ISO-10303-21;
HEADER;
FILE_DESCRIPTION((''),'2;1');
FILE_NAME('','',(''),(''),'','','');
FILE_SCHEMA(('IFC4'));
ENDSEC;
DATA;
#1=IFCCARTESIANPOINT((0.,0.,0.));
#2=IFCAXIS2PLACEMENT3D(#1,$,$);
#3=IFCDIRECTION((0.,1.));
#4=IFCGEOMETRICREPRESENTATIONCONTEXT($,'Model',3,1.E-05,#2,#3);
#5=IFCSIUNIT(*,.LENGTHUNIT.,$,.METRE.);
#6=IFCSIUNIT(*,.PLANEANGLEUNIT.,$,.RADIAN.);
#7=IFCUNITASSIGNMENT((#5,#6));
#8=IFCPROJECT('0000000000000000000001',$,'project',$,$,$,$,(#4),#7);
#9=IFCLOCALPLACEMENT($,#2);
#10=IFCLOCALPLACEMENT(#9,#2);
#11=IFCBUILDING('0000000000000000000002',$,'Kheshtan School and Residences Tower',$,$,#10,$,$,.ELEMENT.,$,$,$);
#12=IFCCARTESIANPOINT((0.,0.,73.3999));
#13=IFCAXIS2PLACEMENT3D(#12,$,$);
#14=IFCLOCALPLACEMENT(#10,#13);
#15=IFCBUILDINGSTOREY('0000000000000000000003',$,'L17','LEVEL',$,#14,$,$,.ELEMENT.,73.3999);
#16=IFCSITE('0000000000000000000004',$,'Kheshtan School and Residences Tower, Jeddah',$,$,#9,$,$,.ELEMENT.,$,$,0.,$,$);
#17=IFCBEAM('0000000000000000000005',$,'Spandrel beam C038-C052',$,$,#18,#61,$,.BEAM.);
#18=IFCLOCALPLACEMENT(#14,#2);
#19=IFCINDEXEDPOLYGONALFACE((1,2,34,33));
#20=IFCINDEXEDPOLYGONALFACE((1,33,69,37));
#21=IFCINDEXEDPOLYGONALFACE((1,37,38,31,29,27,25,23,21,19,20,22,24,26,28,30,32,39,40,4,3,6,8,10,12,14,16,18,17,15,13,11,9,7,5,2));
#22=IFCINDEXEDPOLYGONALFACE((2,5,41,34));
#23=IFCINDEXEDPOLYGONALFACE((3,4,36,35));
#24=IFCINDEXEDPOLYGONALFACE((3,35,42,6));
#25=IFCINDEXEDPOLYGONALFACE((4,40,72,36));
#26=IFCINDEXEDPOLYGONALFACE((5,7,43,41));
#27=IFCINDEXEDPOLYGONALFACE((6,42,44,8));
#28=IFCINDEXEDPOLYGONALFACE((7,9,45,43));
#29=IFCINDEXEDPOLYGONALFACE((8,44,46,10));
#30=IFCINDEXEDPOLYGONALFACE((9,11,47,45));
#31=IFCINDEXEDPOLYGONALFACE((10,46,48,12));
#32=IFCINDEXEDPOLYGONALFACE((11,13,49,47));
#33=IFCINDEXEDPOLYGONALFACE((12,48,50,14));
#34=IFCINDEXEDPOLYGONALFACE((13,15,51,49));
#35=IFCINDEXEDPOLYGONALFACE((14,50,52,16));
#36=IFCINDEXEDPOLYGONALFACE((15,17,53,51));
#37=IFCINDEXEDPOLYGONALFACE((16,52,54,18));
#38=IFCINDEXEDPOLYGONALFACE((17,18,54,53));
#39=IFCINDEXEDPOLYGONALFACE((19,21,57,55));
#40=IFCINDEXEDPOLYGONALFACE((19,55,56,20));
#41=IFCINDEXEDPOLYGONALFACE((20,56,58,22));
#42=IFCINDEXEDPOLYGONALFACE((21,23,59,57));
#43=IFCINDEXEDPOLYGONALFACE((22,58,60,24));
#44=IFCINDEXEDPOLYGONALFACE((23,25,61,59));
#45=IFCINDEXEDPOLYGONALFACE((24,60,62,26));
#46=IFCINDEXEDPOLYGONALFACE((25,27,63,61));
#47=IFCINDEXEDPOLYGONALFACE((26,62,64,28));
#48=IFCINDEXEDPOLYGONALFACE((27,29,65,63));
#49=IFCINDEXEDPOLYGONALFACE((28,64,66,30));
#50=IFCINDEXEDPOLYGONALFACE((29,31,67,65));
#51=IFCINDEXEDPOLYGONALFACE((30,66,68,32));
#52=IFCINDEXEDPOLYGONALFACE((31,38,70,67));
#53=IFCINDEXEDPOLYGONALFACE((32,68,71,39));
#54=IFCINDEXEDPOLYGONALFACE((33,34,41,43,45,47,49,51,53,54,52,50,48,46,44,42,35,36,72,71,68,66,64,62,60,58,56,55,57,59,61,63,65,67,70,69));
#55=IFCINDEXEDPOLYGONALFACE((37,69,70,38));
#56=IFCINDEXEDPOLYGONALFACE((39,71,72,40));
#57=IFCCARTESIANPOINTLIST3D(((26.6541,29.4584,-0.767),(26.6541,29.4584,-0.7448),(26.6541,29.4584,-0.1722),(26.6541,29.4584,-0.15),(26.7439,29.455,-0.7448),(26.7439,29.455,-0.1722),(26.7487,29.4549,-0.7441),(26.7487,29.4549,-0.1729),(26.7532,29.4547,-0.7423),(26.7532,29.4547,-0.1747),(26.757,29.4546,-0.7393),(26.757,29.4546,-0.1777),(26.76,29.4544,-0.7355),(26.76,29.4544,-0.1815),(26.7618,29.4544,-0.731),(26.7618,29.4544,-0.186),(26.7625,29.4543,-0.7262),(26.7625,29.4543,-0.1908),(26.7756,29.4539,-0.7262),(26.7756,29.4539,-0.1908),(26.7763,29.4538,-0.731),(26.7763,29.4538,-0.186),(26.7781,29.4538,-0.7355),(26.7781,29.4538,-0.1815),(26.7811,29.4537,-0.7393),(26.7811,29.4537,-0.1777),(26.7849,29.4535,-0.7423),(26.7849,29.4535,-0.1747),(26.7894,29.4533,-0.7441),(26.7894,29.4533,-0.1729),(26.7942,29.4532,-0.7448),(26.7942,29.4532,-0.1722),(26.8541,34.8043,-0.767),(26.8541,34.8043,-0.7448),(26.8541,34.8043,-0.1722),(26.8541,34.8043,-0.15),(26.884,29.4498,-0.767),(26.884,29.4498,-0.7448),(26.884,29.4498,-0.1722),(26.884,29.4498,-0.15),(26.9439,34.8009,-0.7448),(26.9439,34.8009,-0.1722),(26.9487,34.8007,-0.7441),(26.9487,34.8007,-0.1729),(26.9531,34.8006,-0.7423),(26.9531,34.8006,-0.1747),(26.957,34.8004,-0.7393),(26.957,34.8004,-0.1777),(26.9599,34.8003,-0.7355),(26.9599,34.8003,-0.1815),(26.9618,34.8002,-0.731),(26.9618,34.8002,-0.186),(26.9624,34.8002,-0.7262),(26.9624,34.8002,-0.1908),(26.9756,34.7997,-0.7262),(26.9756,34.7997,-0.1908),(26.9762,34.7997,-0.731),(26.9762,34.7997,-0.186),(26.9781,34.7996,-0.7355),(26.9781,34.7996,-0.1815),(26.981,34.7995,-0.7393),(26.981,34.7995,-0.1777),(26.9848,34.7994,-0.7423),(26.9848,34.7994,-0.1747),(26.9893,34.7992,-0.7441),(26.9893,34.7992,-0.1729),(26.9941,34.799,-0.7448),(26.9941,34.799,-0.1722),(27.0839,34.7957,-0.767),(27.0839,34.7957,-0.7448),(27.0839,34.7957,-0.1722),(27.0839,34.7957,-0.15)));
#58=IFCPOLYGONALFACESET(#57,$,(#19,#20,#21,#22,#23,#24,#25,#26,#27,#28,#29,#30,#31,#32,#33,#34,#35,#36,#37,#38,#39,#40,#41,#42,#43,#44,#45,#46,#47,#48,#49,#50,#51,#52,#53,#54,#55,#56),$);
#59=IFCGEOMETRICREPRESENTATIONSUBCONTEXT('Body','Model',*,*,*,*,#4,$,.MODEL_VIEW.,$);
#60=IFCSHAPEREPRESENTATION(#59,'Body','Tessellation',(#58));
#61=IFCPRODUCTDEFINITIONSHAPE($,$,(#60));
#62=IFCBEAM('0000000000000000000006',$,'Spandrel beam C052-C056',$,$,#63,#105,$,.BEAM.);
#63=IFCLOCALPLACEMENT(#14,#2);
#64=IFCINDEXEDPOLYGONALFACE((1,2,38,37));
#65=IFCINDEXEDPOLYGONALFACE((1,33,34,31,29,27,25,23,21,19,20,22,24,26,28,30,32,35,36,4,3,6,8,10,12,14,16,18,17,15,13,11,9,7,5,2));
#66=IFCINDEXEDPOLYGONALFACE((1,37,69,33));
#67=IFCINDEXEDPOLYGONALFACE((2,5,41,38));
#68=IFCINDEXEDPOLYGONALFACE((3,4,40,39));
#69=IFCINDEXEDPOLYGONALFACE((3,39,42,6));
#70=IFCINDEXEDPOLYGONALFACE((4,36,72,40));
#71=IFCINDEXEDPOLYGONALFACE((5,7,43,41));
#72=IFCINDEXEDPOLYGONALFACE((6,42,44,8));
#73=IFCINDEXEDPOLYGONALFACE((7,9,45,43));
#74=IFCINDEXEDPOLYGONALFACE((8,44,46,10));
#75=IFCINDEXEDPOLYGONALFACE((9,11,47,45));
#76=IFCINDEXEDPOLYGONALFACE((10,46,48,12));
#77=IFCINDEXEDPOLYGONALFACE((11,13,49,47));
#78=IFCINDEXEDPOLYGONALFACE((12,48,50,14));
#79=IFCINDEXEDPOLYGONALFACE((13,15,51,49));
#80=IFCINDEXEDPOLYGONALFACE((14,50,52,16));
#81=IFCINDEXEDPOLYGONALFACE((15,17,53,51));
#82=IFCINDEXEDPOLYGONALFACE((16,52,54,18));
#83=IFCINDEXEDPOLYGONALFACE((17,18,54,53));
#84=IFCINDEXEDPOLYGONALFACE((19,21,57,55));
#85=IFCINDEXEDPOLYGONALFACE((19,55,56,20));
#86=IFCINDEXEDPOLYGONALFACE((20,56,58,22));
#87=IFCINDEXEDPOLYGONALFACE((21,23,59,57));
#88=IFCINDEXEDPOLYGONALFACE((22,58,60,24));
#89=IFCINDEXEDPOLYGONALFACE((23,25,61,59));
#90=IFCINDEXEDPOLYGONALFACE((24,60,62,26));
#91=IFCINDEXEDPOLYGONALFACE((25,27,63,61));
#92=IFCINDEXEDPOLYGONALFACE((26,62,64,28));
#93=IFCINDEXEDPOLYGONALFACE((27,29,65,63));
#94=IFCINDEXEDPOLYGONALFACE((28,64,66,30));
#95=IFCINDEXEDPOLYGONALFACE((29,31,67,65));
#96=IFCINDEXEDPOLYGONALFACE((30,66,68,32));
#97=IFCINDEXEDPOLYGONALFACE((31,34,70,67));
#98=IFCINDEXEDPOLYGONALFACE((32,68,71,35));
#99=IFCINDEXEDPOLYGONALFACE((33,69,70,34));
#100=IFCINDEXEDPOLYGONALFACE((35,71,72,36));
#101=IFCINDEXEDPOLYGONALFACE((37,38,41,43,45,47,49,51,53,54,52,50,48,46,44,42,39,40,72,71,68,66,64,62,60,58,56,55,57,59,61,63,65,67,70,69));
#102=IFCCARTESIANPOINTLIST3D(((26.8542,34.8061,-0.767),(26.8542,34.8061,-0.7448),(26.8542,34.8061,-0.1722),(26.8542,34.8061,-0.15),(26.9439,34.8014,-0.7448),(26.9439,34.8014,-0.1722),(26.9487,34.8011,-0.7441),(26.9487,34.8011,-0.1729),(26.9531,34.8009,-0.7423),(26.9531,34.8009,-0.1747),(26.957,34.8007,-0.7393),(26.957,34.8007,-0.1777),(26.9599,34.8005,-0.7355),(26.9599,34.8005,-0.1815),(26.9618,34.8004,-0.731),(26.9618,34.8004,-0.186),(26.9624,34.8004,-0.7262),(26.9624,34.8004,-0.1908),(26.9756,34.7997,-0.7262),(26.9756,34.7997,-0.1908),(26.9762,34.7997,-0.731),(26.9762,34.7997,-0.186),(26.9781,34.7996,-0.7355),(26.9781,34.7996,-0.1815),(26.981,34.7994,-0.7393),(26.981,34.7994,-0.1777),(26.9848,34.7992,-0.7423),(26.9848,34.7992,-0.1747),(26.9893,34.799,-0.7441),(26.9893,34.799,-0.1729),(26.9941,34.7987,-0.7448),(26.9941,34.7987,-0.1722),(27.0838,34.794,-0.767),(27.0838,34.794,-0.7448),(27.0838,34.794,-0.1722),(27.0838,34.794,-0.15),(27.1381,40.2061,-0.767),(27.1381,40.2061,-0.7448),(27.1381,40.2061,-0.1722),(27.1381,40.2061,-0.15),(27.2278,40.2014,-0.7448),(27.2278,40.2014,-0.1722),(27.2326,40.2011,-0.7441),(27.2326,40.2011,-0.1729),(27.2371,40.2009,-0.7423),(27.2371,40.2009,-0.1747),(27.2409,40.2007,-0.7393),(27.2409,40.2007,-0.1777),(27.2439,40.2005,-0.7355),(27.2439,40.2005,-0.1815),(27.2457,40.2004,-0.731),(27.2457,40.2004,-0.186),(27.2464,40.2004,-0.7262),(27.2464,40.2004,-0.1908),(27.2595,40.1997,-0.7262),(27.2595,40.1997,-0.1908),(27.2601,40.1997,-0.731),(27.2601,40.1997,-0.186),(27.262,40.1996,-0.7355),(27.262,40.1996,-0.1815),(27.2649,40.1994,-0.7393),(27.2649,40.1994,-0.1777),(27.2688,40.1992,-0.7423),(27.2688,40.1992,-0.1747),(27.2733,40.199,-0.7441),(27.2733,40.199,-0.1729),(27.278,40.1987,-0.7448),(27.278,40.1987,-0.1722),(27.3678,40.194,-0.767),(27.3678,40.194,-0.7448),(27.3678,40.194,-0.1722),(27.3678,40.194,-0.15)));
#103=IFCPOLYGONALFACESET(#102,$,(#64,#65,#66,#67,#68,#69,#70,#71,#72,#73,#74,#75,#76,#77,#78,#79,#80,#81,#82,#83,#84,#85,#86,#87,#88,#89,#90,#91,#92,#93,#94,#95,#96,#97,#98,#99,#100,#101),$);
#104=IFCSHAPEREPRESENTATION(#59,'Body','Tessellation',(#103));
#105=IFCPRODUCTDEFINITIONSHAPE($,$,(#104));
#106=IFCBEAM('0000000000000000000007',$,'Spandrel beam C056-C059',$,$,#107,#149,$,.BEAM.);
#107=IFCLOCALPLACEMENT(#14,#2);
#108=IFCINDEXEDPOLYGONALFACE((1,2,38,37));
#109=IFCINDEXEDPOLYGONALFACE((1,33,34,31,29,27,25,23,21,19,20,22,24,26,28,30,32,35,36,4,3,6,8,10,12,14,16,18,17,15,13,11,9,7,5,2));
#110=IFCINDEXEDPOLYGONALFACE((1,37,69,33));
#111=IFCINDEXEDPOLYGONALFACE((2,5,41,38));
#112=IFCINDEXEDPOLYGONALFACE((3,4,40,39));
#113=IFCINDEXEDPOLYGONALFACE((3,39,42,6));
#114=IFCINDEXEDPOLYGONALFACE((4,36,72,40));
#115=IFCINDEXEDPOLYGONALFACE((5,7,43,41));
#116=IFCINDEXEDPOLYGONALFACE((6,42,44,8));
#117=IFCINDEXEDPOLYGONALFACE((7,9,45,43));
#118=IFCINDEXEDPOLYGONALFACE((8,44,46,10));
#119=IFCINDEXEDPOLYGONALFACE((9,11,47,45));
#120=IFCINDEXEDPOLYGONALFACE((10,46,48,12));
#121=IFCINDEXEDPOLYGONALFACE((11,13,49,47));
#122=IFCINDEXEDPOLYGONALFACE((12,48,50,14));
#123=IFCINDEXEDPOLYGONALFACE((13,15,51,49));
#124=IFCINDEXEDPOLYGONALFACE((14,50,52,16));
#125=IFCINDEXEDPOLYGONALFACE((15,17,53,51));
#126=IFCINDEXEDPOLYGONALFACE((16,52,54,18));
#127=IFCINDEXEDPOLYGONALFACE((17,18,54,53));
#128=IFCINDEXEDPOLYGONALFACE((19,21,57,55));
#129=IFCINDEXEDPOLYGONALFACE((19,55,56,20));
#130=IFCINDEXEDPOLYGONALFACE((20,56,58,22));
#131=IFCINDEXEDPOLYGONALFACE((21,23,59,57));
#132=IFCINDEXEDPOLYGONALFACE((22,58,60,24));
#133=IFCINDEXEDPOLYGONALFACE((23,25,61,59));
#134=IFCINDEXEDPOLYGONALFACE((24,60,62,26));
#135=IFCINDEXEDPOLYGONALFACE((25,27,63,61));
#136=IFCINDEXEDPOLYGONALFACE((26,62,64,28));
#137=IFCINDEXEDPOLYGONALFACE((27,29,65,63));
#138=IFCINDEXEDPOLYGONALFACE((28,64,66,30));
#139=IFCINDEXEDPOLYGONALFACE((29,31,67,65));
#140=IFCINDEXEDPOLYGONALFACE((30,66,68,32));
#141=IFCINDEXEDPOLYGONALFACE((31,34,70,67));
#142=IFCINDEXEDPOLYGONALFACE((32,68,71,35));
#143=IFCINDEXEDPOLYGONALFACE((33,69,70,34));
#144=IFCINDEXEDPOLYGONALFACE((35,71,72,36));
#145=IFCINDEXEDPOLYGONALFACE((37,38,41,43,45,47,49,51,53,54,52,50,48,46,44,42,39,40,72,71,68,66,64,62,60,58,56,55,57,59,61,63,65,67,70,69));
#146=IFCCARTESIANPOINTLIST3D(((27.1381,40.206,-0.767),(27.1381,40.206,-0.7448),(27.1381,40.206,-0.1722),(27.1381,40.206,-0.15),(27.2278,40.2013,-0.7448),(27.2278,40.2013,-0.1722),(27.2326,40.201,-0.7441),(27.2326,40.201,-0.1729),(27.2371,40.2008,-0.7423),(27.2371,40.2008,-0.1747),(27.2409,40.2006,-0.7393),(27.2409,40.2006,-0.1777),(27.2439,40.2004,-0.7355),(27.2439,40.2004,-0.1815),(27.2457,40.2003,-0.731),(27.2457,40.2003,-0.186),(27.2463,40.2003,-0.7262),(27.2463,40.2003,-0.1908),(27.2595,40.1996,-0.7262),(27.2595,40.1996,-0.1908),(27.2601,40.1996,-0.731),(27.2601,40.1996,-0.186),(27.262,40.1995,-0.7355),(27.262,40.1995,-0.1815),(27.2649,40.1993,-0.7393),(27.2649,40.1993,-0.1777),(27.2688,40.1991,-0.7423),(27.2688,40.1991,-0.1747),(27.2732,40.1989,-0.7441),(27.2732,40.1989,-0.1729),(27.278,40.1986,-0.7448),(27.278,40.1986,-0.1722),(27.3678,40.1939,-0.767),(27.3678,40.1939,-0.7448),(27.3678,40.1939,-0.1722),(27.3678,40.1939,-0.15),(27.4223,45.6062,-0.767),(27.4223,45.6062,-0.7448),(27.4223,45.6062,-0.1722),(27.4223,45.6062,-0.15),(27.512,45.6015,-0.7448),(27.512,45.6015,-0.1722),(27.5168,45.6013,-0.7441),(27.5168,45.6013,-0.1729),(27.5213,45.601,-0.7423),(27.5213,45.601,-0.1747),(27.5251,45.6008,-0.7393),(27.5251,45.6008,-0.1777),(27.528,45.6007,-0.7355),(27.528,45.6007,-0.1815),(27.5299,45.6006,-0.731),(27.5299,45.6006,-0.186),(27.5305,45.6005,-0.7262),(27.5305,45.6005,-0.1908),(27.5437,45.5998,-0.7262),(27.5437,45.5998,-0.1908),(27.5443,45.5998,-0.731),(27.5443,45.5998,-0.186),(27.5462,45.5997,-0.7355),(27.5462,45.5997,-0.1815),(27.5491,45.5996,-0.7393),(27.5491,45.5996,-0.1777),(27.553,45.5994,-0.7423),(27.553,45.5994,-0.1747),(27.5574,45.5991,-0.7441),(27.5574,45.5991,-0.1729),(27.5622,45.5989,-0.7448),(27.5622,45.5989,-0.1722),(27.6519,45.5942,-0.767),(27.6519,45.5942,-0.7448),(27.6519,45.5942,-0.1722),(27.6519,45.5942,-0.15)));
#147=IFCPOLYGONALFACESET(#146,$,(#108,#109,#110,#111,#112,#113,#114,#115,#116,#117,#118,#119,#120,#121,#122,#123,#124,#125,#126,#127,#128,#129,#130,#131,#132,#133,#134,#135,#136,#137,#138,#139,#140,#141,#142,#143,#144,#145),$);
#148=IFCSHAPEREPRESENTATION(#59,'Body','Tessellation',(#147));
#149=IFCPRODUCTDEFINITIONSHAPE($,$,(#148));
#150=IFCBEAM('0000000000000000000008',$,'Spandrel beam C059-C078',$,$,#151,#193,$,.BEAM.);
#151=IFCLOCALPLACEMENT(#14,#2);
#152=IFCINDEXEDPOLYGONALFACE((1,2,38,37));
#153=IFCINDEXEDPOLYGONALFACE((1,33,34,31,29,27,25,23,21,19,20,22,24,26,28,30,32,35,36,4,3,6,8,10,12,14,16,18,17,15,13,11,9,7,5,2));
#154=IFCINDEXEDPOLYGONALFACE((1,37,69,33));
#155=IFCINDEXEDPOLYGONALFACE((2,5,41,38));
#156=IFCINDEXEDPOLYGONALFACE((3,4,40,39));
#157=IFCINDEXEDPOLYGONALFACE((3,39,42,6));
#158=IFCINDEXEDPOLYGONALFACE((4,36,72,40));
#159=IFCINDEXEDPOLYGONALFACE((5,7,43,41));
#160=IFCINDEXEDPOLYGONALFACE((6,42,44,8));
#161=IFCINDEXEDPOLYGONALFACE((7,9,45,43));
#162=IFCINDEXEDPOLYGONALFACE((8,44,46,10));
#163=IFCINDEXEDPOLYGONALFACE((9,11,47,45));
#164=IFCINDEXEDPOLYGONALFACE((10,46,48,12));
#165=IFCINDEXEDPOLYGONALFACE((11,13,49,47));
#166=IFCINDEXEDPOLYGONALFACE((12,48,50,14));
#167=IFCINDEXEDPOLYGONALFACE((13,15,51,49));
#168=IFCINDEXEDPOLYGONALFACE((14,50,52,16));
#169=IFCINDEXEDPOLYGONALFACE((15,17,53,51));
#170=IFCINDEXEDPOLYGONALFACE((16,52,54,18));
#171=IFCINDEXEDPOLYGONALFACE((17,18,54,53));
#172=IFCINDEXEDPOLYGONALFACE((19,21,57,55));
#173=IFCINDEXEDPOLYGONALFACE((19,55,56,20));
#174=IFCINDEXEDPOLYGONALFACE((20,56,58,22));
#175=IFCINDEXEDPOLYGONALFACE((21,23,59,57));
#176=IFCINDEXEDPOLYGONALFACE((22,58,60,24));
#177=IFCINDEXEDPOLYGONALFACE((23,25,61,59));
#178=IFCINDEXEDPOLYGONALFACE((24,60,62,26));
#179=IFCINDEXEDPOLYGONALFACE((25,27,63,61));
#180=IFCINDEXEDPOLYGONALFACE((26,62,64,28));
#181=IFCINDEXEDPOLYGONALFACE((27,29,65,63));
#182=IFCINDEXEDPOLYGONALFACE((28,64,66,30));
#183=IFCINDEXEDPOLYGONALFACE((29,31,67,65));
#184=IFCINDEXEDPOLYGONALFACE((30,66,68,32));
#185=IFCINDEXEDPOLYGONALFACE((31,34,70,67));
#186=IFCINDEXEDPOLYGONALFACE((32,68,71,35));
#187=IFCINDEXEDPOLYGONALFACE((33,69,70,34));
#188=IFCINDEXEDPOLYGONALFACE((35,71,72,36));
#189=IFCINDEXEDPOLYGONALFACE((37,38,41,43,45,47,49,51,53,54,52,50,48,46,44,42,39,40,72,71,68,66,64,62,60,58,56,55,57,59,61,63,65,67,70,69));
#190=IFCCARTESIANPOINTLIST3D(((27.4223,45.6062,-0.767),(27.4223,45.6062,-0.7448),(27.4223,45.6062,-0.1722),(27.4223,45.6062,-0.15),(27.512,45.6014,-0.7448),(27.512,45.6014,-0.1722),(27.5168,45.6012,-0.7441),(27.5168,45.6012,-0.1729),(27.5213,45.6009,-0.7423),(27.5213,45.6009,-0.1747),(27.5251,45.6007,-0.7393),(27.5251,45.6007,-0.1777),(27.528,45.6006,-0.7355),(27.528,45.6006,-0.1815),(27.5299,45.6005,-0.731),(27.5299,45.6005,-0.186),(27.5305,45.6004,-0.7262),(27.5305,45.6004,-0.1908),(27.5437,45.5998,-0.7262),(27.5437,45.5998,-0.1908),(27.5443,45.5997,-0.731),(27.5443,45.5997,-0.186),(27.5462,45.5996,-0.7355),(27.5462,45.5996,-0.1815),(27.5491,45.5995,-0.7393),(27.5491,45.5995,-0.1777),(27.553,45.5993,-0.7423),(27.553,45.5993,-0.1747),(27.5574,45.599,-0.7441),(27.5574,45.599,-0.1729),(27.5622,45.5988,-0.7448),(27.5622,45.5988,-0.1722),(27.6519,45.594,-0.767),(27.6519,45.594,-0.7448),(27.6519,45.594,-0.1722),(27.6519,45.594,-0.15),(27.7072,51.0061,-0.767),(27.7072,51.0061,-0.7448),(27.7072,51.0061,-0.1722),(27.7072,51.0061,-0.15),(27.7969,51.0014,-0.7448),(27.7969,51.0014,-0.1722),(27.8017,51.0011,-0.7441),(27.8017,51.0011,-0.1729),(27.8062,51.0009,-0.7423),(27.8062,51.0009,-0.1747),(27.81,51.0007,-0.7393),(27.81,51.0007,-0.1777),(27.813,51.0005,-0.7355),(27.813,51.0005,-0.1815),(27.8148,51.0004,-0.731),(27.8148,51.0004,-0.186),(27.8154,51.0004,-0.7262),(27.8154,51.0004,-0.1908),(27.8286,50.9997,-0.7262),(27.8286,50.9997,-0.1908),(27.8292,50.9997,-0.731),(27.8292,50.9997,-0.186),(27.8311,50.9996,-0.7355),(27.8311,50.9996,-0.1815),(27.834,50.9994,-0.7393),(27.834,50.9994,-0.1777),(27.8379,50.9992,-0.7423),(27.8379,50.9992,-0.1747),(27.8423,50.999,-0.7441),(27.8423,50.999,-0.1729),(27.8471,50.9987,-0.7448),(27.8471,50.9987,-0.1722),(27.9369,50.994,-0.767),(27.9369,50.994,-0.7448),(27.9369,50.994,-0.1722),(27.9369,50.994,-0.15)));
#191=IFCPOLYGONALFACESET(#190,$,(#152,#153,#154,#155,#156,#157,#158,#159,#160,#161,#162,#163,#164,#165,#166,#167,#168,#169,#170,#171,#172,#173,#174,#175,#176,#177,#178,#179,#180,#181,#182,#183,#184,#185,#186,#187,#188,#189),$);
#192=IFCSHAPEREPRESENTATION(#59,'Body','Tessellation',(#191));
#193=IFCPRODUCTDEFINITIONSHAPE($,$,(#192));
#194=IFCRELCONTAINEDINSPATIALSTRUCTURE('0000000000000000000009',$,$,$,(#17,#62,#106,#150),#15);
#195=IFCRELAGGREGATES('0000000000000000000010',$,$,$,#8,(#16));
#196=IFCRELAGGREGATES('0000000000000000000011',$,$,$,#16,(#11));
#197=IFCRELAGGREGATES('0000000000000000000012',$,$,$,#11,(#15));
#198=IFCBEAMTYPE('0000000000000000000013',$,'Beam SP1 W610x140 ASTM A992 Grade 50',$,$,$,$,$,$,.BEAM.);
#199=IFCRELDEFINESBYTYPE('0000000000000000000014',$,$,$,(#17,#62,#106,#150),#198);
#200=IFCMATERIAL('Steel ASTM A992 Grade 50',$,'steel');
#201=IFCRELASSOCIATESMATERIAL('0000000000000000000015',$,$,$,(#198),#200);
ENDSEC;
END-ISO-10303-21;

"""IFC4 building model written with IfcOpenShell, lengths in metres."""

from ifc_helpers import new_model, si_unit, direction, frame, origin, origin_2d, place, context, subcontext, project, spatial, i_section, extrude, material, material_profile, profile_set, type_object, element, save


model = new_model("IFC4")

# Units and contexts
model_context = context("Model", 3, precision=1e-05, world=origin(), true_north=direction((0.0, 1.0)))
body_context = subcontext(model_context, "Body", "Model", "MODEL_VIEW")
ifc_project = project(units=[si_unit("LENGTHUNIT", "METRE"), si_unit("PLANEANGLEUNIT", "RADIAN")], contexts=[model_context])

# Site, building, storey
site_placement = place(None, origin())
site = spatial("IfcSite", under=ifc_project, at=site_placement, Name="Kheshtan School and Residences Tower, Jeddah", CompositionType="ELEMENT", RefElevation=0.0)
building_placement = place(site_placement, origin())
building = spatial("IfcBuilding", under=site, at=building_placement, Name="Kheshtan School and Residences Tower", CompositionType="ELEMENT")
storey_placement = place(building_placement, frame((0.0, 0.0, 73.3999)))
storey = spatial("IfcBuildingStorey", under=building, at=storey_placement, Name="L17", Description="LEVEL", CompositionType="ELEMENT", Elevation=73.3999)

# Shared definitions
ifc_material_1 = material(Name="Steel ASTM A992 Grade 50", Category="steel")

# Beams
ifc_material_profile_1 = material_profile(ifc_material_1, i_section(OverallWidth=0.23, OverallDepth=0.6169, WebThickness=0.0132, FlangeThickness=0.0222, FilletRadius=0.0186, at=origin_2d()), Name="W610x140")
ifc_profile_set_1 = profile_set([ifc_material_profile_1], Name="Steel ASTM A992 Grade 50")
beam_type_1 = type_object("IfcBeamType", Name="Beam SP1 W610x140 ASTM A992 Grade 50", PredefinedType="BEAM", material=ifc_profile_set_1)
beam_1_placement = place(storey_placement, frame((26.769, 29.4541, -0.4585), z_axis=(0.037376, 0.999301, 0.0), x_axis=(-0.999301, 0.037376, 0.0)))
element("IfcBeam", 1, at=beam_1_placement, inside=storey, type_object=beam_type_1, Name="Spandrel beam C038-C052", PredefinedType="BEAM", context=body_context, shape_type="SweptSolid", body=[
    extrude(i_section(OverallWidth=0.23, OverallDepth=0.6169, WebThickness=0.0132, FlangeThickness=0.0222, FilletRadius=0.0186, at=origin_2d()), origin(), (0.0, 0.0, 1.0), 5.3496),
])
beam_2_placement = place(storey_placement, frame((26.969, 34.8, -0.4585), z_axis=(0.052509, 0.99862, 0.0), x_axis=(-0.99862, 0.052509, 0.0)))
element("IfcBeam", 2, at=beam_2_placement, inside=storey, type_object=beam_type_1, Name="Spandrel beam C052-C056", PredefinedType="BEAM", context=body_context, shape_type="SweptSolid", body=[
    extrude(i_section(OverallWidth=0.23, OverallDepth=0.6169, WebThickness=0.0132, FlangeThickness=0.0222, FilletRadius=0.0186, at=origin_2d()), origin(), (0.0, 0.0, 1.0), 5.4075),
])
beam_3_placement = place(storey_placement, frame((27.2529, 40.2, -0.4585), z_axis=(0.052552, 0.998618, 0.0), x_axis=(-0.998618, 0.052552, 0.0)))
element("IfcBeam", 3, at=beam_3_placement, inside=storey, type_object=beam_type_1, Name="Spandrel beam C056-C059", PredefinedType="BEAM", context=body_context, shape_type="SweptSolid", body=[
    extrude(i_section(OverallWidth=0.23, OverallDepth=0.6169, WebThickness=0.0132, FlangeThickness=0.0222, FilletRadius=0.0186, at=origin_2d()), origin(), (0.0, 0.0, 1.0), 5.4077),
])
beam_4_placement = place(storey_placement, frame((27.5371, 45.6001, -0.4585), z_axis=(0.052689, 0.998611, 0.0), x_axis=(-0.998611, 0.052689, 0.0)))
element("IfcBeam", 4, at=beam_4_placement, inside=storey, type_object=beam_type_1, Name="Spandrel beam C059-C078", PredefinedType="BEAM", context=body_context, shape_type="SweptSolid", body=[
    extrude(i_section(OverallWidth=0.23, OverallDepth=0.6169, WebThickness=0.0132, FlangeThickness=0.0222, FilletRadius=0.0186, at=origin_2d()), origin(), (0.0, 0.0, 1.0), 5.4075),
])

save(model, "model.ifc")
